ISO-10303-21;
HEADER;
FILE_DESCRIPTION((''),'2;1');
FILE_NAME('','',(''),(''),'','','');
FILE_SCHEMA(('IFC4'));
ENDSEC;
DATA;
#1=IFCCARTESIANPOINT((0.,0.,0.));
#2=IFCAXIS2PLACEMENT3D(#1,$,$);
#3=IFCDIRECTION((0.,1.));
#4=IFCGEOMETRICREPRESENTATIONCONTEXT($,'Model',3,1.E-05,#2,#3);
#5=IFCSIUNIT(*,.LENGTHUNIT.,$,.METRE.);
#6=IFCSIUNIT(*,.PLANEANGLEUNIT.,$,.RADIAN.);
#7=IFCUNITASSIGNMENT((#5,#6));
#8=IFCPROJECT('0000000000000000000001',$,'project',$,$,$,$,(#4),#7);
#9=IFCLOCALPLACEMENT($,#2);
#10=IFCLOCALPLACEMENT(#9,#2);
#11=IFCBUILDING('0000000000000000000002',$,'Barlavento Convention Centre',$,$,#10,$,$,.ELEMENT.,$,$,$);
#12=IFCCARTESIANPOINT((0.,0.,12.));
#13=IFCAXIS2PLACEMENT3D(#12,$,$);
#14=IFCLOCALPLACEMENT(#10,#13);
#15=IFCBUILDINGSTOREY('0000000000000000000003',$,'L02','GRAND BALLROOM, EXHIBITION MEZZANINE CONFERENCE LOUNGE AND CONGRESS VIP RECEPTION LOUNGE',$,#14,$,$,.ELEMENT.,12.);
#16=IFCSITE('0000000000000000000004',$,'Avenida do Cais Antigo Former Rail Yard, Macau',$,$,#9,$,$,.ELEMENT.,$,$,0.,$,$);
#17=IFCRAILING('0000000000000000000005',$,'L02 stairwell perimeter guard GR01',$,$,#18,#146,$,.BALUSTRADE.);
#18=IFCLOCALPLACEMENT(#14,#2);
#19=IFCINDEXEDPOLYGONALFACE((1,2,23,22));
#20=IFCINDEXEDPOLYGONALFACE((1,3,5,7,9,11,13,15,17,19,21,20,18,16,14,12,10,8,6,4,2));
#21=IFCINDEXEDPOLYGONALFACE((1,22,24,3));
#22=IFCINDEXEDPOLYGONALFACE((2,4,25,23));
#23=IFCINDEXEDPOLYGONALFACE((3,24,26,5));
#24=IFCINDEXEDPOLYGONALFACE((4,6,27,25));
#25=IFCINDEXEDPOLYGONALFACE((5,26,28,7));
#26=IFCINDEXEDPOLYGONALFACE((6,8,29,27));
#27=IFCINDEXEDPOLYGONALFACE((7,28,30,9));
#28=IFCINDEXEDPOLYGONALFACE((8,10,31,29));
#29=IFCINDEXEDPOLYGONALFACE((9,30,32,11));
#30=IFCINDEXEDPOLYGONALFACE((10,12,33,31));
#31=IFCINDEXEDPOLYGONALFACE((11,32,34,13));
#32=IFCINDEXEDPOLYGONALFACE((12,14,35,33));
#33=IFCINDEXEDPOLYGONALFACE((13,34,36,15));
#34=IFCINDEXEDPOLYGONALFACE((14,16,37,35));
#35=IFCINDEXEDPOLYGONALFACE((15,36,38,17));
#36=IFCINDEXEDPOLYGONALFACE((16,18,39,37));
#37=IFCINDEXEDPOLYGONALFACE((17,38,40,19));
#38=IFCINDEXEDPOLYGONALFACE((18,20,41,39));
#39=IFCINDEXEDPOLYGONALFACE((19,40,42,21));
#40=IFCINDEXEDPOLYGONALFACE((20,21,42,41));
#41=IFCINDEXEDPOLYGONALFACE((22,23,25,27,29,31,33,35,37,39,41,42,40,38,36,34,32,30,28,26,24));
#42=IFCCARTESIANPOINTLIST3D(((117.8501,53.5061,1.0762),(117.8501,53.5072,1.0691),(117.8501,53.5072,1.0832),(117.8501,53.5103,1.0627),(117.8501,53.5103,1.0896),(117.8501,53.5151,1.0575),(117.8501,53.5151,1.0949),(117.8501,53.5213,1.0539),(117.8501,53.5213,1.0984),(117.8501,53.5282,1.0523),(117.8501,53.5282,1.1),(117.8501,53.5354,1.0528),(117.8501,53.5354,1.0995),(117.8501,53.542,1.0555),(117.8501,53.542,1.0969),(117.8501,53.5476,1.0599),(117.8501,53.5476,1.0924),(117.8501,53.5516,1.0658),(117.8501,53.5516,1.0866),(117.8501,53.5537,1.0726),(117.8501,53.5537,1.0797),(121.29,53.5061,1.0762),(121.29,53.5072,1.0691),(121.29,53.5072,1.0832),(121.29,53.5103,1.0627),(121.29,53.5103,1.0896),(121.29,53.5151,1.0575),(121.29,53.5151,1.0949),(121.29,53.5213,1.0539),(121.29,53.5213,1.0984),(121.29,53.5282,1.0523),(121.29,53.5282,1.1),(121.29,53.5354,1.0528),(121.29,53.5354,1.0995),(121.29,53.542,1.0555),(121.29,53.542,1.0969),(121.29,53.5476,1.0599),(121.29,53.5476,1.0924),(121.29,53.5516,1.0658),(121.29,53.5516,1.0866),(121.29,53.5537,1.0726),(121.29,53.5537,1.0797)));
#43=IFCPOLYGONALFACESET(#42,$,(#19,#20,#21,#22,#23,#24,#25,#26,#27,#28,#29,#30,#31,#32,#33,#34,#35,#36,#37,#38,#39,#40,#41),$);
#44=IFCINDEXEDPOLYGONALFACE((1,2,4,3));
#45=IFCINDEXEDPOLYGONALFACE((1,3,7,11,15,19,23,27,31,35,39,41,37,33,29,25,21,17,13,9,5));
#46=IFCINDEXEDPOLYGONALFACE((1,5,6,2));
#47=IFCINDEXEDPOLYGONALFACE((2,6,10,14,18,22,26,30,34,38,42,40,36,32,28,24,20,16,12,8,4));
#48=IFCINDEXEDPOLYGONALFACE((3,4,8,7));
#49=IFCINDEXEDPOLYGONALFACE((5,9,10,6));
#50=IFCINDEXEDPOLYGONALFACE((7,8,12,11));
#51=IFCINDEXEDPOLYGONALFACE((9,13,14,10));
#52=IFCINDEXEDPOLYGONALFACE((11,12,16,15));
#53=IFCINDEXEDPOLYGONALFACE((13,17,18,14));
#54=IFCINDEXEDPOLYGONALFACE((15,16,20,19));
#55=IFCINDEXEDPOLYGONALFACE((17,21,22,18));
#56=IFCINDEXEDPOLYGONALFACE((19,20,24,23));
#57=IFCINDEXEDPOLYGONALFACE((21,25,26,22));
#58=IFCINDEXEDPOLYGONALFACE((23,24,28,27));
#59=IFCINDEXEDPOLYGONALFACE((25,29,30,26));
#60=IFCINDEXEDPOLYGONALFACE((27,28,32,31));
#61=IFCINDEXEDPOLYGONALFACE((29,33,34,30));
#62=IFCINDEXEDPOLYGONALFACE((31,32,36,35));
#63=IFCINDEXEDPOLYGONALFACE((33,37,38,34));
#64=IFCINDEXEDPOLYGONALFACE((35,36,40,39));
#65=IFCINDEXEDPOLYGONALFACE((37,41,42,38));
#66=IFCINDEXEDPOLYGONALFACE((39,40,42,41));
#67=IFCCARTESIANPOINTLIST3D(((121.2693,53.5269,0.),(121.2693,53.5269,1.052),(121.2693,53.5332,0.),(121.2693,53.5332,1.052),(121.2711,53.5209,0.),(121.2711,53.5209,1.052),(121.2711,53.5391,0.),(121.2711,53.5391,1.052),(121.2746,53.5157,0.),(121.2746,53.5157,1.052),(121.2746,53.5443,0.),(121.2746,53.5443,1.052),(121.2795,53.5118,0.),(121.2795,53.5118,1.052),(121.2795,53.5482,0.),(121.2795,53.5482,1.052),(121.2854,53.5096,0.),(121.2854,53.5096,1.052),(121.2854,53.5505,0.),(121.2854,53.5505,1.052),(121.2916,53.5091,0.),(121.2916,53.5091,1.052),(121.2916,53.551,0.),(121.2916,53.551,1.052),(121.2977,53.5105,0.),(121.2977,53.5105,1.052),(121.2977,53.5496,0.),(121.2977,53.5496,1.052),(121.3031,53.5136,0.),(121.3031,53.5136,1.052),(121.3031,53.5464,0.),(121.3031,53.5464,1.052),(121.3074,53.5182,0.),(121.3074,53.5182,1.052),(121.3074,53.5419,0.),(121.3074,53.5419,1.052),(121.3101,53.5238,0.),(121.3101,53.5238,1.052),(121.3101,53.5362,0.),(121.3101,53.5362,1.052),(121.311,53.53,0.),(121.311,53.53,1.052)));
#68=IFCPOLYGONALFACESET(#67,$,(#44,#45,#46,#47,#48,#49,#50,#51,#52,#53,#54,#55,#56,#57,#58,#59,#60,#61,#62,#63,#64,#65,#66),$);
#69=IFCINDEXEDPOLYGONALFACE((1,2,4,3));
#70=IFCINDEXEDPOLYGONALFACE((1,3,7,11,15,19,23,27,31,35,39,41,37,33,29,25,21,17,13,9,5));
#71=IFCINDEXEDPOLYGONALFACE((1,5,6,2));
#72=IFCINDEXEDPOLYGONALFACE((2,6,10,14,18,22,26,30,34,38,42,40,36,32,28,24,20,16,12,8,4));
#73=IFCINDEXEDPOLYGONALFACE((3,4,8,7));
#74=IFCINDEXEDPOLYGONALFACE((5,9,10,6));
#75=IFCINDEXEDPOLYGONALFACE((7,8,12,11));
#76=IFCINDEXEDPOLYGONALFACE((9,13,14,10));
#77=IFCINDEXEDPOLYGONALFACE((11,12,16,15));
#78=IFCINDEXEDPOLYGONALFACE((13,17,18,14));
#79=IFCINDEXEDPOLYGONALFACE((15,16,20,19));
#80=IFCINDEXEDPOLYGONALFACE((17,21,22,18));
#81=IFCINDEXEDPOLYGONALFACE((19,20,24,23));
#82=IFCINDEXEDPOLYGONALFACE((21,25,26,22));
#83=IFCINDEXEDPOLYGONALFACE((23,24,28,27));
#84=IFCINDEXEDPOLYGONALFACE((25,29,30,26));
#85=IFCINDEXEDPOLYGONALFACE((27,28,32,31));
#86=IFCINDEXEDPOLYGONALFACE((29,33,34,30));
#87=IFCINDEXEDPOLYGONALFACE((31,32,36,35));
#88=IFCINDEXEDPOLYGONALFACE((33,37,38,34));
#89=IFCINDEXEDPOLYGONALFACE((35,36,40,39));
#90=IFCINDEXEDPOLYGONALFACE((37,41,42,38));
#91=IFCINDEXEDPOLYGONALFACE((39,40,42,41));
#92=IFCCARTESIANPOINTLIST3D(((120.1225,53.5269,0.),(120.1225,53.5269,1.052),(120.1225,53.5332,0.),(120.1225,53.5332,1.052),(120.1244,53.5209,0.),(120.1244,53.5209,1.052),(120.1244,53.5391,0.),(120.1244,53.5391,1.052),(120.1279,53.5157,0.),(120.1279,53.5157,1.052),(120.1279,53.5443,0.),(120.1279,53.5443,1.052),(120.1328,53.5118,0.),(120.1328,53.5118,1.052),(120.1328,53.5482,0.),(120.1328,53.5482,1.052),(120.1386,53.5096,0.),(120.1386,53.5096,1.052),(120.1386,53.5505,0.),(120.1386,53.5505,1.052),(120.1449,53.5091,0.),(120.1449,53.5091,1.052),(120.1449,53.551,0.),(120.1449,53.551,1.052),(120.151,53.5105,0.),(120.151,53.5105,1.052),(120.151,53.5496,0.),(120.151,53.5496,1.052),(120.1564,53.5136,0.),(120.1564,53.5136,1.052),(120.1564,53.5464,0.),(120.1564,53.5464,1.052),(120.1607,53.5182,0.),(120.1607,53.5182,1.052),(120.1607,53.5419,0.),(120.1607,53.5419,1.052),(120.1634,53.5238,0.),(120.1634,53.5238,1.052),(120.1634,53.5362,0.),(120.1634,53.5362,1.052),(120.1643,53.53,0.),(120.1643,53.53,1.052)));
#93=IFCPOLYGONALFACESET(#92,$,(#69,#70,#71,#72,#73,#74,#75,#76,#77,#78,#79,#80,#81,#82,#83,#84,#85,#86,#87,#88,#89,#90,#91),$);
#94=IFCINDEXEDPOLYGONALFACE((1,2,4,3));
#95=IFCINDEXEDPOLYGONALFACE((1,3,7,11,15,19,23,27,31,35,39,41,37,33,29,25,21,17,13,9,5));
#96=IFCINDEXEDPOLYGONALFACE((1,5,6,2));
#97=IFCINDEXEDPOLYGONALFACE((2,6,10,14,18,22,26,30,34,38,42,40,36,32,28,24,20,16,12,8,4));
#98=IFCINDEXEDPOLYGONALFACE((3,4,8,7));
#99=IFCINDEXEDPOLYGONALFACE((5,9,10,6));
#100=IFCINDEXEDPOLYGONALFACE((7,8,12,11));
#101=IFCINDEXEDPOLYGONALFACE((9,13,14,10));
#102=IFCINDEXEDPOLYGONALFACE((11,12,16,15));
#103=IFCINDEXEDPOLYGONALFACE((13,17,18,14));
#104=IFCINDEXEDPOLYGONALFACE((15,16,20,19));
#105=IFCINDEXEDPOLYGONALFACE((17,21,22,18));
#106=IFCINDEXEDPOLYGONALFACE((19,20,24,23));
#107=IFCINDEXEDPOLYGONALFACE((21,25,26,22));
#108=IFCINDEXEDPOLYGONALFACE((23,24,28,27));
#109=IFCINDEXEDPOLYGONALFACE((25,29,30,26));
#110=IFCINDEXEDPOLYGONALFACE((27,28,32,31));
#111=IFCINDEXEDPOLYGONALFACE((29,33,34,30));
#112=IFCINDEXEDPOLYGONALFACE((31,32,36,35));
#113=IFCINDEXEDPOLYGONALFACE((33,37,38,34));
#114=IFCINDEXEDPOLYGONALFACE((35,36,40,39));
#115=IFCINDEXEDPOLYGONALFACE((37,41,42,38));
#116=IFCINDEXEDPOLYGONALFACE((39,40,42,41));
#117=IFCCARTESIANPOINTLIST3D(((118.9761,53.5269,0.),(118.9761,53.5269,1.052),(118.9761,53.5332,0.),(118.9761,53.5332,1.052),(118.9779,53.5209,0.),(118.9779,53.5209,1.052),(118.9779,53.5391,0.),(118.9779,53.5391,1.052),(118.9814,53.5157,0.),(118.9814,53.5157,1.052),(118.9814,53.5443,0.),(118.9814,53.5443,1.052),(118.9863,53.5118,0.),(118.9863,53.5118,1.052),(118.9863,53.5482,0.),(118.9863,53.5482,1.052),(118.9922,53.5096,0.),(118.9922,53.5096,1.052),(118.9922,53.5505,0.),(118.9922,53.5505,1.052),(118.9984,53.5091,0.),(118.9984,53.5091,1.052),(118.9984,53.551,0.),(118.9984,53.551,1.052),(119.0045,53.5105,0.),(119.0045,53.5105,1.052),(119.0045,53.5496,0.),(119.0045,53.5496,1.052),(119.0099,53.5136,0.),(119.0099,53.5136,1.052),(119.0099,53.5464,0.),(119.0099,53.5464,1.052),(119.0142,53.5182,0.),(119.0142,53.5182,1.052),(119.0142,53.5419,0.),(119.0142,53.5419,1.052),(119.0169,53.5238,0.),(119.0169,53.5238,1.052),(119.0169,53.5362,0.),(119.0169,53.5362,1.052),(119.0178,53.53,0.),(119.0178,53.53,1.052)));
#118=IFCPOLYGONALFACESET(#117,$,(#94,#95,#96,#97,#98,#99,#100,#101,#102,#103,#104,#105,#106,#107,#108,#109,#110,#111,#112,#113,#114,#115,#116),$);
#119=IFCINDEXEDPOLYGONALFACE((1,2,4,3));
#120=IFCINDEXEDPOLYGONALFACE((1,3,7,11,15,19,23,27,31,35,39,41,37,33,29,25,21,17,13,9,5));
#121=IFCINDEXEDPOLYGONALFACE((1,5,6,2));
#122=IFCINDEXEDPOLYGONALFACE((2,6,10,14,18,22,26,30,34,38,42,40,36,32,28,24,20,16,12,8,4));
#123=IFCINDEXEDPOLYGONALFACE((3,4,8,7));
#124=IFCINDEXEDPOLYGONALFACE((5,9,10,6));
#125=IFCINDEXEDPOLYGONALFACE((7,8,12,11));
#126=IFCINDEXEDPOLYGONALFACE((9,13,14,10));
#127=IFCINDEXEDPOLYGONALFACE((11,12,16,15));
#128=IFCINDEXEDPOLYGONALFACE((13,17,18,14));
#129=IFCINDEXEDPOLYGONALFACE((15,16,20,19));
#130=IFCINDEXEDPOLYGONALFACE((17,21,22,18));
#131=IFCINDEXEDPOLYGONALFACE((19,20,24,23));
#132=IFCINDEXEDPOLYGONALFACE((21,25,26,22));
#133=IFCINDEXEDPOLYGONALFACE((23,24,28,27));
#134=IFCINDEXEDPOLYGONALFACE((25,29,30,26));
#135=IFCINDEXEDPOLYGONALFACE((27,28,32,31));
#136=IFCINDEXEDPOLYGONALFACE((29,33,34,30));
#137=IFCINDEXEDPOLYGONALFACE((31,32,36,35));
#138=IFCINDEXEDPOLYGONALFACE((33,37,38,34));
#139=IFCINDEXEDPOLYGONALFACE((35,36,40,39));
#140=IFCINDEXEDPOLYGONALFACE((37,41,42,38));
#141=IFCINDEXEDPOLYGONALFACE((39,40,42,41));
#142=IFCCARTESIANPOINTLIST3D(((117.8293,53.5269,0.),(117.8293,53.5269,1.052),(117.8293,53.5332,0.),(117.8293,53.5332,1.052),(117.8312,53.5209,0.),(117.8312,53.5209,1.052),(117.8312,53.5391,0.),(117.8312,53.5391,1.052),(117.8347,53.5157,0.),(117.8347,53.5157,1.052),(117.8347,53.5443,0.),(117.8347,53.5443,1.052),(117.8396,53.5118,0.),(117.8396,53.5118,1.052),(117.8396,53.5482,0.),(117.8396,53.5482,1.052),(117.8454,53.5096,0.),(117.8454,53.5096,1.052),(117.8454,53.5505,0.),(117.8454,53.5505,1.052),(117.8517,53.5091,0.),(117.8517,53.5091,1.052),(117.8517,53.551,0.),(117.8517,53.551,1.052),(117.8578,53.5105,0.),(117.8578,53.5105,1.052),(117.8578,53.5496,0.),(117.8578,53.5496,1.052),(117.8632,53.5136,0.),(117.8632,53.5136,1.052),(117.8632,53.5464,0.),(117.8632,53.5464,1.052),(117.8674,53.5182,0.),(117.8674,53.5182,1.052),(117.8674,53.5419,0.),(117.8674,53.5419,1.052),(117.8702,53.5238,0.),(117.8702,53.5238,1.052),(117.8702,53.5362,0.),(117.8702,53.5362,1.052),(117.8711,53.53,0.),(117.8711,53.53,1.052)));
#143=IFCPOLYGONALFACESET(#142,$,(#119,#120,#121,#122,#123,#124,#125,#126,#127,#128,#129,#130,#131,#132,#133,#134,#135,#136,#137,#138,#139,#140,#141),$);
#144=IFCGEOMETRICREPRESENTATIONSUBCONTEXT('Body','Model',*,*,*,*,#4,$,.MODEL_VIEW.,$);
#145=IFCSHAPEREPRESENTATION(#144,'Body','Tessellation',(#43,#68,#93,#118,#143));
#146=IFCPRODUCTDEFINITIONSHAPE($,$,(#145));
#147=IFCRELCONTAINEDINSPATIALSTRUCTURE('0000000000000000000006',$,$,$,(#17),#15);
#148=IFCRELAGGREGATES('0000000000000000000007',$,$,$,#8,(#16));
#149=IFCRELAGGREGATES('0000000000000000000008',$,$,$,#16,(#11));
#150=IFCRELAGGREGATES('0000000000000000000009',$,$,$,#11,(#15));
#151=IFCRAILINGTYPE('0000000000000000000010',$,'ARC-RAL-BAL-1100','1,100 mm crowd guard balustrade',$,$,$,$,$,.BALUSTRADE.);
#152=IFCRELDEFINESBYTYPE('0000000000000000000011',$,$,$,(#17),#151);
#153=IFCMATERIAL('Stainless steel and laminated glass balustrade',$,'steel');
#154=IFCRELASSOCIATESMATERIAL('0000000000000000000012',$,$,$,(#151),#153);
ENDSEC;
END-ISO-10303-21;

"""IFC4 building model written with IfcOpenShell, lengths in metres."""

from ifc_helpers import new_model, si_unit, direction, frame, origin, origin_2d, place, context, subcontext, project, spatial, circle, extrude, material, type_object, element, save


model = new_model("IFC4")

# Units and contexts
model_context = context("Model", 3, precision=1e-05, world=origin(), true_north=direction((0.0, 1.0)))
body_context = subcontext(model_context, "Body", "Model", "MODEL_VIEW")
ifc_project = project(units=[si_unit("LENGTHUNIT", "METRE"), si_unit("PLANEANGLEUNIT", "RADIAN")], contexts=[model_context])

# Site, building, storey
site_placement = place(None, origin())
site = spatial("IfcSite", under=ifc_project, at=site_placement, Name="Avenida do Cais Antigo Former Rail Yard, Macau", CompositionType="ELEMENT", RefElevation=0.0)
building_placement = place(site_placement, origin())
building = spatial("IfcBuilding", under=site, at=building_placement, Name="Barlavento Convention Centre", CompositionType="ELEMENT")
storey_placement = place(building_placement, frame((0.0, 0.0, 12.0)))
storey = spatial("IfcBuildingStorey", under=building, at=storey_placement, Name="L02", Description="GRAND BALLROOM, EXHIBITION MEZZANINE CONFERENCE LOUNGE AND CONGRESS VIP RECEPTION LOUNGE", CompositionType="ELEMENT", Elevation=12.0)

# Railing
ifc_material_1 = material(Name="Stainless steel and laminated glass balustrade", Category="steel")
railing_type_1 = type_object("IfcRailingType", Name="ARC-RAL-BAL-1100", Description="1,100 mm crowd guard balustrade", PredefinedType="BALUSTRADE", material=ifc_material_1)
railing_1_placement = place(storey_placement, frame((121.29, 53.53, 0.0)))
element("IfcRailing", 1, at=railing_1_placement, inside=storey, type_object=railing_type_1, Name="L02 stairwell perimeter guard GR01", PredefinedType="BALUSTRADE", context=body_context, shape_type="SweptSolid", body=[
    extrude(circle(Radius=0.0239, at=origin_2d()), frame((0.0, 0.0, 1.0762), z_axis=(-1.0, 0.0, 0.0), x_axis=(0.0, -1.0, 0.0)), (0.0, 0.0, 1.0), 3.4399),
    extrude(circle(Radius=0.021, at=origin_2d()), origin(), (0.0, 0.0, 1.0), 1.052),
    extrude(circle(Radius=0.021, at=origin_2d()), frame((-1.1467, 0.0, 0.0)), (0.0, 0.0, 1.0), 1.052),
    extrude(circle(Radius=0.021, at=origin_2d()), frame((-2.2932, 0.0, 0.0)), (0.0, 0.0, 1.0), 1.052),
    extrude(circle(Radius=0.021, at=origin_2d()), frame((-3.4399, 0.0, 0.0)), (0.0, 0.0, 1.0), 1.052),
])

save(model, "model.ifc")
